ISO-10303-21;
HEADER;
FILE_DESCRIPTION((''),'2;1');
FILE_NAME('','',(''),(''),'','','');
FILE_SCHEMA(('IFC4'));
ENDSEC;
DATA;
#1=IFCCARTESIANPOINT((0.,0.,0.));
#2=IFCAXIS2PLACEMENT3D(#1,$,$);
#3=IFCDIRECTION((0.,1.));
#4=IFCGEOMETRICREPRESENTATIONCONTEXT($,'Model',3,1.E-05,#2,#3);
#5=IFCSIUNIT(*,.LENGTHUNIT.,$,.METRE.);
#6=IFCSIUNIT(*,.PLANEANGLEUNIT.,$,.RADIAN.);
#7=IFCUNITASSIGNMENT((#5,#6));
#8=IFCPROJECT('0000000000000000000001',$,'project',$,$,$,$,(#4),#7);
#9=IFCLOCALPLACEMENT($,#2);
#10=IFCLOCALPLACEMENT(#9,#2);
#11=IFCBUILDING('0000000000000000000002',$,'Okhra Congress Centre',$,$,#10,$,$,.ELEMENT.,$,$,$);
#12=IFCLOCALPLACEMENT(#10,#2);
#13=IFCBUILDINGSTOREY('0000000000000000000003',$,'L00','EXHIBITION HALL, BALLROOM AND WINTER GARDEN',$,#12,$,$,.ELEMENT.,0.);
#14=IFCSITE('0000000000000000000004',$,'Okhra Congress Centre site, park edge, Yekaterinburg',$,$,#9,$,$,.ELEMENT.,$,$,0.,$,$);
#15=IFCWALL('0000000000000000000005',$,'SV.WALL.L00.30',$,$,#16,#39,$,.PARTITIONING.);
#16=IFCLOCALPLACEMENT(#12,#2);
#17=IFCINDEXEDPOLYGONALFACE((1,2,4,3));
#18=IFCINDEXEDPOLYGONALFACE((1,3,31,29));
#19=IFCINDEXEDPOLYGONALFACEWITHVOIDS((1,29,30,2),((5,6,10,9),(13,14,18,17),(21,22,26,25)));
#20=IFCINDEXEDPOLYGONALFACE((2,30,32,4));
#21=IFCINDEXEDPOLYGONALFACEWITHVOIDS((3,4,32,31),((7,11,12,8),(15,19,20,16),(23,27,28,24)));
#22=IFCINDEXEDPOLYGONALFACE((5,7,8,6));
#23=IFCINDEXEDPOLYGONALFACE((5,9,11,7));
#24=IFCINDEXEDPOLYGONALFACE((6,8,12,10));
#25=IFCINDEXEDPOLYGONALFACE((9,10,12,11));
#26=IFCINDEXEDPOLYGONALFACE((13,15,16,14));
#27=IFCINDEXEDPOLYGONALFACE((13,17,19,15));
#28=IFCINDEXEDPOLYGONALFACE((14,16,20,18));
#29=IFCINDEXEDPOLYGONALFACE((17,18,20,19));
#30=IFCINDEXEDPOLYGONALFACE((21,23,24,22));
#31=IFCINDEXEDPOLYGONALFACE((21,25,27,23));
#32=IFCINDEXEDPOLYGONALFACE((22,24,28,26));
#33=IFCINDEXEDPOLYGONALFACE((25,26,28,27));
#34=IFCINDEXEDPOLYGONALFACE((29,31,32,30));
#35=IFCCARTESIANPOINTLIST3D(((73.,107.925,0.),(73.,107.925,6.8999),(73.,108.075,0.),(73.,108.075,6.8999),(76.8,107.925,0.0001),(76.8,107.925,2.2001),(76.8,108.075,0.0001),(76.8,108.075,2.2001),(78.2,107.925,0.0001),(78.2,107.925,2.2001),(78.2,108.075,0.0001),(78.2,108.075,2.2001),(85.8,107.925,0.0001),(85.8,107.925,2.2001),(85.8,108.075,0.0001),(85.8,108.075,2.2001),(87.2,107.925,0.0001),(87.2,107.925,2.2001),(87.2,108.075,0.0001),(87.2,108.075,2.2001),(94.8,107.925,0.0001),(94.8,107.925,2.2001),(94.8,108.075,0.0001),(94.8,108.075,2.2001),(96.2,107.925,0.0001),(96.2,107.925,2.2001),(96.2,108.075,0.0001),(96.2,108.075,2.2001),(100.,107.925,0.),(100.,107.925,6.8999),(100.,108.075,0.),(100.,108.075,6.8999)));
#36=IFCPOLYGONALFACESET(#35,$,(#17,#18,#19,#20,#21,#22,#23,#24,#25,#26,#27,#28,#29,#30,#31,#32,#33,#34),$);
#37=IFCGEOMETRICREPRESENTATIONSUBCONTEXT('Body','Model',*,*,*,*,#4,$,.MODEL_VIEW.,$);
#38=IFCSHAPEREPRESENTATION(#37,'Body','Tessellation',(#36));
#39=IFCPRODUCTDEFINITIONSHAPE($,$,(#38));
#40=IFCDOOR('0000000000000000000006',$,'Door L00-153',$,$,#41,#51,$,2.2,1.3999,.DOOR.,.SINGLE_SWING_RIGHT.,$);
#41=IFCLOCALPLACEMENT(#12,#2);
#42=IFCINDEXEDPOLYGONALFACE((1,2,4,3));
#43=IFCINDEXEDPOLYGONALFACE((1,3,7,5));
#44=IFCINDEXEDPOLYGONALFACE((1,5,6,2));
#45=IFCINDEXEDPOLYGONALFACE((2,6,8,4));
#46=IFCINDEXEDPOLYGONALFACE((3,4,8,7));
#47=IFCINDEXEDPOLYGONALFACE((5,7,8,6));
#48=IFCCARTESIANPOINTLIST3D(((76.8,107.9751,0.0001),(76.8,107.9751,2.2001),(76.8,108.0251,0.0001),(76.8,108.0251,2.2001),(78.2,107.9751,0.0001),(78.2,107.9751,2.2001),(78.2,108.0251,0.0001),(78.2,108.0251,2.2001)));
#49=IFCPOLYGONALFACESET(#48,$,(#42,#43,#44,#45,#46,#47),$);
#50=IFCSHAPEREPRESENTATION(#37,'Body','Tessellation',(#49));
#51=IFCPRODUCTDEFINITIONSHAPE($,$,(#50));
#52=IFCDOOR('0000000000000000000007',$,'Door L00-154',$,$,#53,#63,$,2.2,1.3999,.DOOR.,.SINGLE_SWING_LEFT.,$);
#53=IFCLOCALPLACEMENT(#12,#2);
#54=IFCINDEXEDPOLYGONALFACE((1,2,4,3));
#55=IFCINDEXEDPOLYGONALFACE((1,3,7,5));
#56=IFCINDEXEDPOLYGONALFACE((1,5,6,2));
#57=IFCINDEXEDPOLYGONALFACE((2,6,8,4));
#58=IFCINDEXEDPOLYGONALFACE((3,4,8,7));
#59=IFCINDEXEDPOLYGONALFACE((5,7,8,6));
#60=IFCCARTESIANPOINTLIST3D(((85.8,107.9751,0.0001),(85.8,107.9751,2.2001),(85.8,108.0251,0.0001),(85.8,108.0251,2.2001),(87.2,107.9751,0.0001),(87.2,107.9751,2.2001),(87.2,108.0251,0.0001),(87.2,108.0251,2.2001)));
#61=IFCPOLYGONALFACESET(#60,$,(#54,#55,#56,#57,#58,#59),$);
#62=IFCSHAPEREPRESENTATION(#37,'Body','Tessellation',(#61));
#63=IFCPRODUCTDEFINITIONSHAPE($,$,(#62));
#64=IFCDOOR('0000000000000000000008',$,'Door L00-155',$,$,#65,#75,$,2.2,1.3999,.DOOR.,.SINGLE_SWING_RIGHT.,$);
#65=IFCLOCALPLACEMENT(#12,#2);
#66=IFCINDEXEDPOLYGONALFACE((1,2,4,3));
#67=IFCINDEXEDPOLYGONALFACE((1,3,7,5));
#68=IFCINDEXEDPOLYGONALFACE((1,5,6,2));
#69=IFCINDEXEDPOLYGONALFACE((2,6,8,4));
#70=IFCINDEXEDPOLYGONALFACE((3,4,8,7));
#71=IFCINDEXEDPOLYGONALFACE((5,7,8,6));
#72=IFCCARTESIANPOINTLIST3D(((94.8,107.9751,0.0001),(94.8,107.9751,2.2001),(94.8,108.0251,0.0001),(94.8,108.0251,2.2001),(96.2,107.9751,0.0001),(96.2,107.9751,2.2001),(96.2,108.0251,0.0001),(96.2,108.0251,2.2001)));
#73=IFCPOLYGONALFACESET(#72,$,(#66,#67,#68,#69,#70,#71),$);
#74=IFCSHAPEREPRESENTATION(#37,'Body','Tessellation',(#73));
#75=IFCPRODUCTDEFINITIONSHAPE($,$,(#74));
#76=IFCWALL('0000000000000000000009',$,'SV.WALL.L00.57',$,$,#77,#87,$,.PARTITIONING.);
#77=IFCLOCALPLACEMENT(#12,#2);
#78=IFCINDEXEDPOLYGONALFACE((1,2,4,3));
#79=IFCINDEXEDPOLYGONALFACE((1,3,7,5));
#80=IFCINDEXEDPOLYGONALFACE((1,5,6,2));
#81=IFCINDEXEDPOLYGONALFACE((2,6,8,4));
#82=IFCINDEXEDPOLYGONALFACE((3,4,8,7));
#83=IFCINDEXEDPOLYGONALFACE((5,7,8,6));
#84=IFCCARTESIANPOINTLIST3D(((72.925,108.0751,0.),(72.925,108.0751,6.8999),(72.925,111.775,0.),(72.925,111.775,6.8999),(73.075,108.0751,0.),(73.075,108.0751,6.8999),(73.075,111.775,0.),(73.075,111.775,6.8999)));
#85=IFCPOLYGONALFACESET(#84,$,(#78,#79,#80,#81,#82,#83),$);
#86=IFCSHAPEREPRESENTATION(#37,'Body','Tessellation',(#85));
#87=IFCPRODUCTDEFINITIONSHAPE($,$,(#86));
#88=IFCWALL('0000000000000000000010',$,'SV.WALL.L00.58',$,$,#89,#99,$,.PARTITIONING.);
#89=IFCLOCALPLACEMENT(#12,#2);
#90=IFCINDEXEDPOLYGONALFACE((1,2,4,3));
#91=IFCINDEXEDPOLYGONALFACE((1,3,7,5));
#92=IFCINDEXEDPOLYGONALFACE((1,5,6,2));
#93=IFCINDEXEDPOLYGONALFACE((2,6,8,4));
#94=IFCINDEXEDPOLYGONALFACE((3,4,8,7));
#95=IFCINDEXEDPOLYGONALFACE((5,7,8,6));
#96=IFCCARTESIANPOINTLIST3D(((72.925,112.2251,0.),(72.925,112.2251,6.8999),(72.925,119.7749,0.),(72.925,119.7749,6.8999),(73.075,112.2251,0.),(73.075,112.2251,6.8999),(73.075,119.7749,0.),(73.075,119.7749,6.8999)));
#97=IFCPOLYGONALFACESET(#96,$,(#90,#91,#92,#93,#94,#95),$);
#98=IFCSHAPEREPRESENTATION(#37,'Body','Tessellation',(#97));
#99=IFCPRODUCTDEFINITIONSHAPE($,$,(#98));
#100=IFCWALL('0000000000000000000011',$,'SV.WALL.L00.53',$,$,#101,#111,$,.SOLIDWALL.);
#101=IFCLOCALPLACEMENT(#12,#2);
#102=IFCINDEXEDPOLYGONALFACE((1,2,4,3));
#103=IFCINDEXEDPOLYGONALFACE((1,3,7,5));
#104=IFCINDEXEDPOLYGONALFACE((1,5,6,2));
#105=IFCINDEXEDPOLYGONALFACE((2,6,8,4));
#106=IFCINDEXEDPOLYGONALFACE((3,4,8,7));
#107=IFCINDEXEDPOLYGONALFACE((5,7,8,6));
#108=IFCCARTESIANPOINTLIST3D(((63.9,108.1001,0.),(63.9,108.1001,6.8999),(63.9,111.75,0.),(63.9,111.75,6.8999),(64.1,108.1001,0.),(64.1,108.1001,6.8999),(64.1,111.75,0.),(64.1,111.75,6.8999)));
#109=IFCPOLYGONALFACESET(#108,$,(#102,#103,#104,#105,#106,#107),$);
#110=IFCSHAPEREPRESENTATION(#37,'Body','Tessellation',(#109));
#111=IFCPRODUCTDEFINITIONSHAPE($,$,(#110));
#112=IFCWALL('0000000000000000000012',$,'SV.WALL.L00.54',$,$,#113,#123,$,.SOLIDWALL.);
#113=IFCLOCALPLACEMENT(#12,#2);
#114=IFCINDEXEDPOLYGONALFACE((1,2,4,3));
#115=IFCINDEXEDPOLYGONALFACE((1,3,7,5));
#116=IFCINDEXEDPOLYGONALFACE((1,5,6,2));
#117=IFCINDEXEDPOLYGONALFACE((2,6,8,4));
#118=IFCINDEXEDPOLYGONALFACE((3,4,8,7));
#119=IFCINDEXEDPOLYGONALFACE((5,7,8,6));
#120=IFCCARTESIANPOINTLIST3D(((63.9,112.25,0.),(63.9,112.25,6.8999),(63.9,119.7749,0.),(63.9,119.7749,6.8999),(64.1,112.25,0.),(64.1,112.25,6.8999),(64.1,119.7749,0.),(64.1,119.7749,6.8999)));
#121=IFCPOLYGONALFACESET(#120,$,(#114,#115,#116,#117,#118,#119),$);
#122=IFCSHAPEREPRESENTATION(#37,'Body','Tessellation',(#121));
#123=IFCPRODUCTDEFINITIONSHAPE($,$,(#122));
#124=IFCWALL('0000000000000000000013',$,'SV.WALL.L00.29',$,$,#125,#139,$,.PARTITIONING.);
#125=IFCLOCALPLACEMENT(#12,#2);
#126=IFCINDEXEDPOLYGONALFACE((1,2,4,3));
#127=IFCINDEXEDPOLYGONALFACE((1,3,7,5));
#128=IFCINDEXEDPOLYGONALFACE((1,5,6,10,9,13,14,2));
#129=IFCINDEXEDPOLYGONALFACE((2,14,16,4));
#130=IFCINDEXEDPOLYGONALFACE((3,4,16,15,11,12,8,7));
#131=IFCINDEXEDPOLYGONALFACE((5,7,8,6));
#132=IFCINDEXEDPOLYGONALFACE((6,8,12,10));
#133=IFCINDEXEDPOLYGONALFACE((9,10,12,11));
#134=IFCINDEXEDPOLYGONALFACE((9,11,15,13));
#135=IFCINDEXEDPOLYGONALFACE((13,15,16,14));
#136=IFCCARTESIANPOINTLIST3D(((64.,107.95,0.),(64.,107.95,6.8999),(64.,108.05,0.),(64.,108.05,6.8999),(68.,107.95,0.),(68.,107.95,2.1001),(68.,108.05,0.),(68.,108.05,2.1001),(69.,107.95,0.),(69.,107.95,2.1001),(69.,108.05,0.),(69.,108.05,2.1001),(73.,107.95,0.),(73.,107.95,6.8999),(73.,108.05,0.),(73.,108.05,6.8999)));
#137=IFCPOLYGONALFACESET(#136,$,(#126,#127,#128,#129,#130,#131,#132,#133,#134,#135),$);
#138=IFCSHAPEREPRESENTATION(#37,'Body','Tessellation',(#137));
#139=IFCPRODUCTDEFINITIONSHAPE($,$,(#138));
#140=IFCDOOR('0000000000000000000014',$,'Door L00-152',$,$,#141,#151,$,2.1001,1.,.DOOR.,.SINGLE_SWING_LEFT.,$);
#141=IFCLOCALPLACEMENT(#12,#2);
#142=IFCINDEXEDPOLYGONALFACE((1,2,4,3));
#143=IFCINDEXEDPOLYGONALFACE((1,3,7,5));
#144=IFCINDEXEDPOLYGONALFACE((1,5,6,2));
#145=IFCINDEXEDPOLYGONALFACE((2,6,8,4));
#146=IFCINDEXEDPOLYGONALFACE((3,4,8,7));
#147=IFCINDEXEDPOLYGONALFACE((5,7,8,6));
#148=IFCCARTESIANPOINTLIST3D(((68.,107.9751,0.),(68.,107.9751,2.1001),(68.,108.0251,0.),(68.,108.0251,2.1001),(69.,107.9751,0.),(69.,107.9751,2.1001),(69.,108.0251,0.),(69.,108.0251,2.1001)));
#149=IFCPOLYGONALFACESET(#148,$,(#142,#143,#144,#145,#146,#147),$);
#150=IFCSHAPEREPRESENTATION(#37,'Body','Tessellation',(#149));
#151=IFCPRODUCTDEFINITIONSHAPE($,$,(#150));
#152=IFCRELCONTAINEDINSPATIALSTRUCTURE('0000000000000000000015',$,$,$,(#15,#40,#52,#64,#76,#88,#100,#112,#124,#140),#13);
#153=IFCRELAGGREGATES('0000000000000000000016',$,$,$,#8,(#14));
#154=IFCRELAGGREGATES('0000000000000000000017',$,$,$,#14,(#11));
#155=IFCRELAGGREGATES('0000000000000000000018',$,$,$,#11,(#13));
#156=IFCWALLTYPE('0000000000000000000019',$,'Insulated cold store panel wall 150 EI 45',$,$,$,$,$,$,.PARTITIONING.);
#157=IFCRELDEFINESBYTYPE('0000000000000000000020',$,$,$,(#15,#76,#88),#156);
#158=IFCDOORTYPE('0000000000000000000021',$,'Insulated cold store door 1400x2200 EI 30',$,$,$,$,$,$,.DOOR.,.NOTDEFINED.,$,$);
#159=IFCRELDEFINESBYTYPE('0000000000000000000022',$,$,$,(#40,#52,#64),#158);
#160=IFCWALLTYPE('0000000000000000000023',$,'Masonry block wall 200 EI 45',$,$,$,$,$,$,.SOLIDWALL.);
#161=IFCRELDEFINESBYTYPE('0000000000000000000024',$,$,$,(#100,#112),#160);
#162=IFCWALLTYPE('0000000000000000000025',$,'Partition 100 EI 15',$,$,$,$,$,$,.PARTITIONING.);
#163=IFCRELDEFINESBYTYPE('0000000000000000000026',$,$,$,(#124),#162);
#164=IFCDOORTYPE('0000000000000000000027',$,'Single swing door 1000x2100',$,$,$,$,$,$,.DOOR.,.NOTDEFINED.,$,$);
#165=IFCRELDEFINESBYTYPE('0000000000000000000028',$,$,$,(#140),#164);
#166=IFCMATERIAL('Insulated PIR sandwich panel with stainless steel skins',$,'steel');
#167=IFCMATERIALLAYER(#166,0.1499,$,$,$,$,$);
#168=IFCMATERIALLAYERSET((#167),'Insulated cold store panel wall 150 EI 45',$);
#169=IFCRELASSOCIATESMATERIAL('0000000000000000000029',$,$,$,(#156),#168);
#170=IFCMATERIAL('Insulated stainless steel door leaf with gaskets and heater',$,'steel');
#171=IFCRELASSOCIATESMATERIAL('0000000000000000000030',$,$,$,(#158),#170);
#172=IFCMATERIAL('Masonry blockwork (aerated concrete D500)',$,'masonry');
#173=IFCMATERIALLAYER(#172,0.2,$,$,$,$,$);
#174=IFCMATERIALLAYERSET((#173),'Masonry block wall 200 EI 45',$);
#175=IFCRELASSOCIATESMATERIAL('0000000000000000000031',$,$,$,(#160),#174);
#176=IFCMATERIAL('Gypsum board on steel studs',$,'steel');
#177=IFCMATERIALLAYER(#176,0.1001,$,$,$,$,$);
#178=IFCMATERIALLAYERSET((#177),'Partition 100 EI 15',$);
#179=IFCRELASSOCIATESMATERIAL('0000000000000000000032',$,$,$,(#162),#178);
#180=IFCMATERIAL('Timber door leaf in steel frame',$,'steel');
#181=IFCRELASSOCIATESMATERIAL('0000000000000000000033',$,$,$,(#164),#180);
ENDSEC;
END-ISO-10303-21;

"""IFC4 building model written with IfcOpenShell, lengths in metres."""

from ifc_helpers import new_model, si_unit, direction, frame, frame_2d, origin, place, context, subcontext, project, spatial, rectangle, extrude, material, layer, layer_set, type_object, element, fill, save


model = new_model("IFC4")

# Units and contexts
model_context = context("Model", 3, precision=1e-05, world=origin(), true_north=direction((0.0, 1.0)))
body_context = subcontext(model_context, "Body", "Model", "MODEL_VIEW")
ifc_project = project(units=[si_unit("LENGTHUNIT", "METRE"), si_unit("PLANEANGLEUNIT", "RADIAN")], contexts=[model_context])

# Site, building, storey
site_placement = place(None, origin())
site = spatial("IfcSite", under=ifc_project, at=site_placement, Name="Okhra Congress Centre site, park edge, Yekaterinburg", CompositionType="ELEMENT", RefElevation=0.0)
building_placement = place(site_placement, origin())
building = spatial("IfcBuilding", under=site, at=building_placement, Name="Okhra Congress Centre", CompositionType="ELEMENT")
storey_placement = place(building_placement, origin())
storey = spatial("IfcBuildingStorey", under=building, at=storey_placement, Name="L00", Description="EXHIBITION HALL, BALLROOM AND WINTER GARDEN", CompositionType="ELEMENT", Elevation=0.0)

# Wall, openings, doors
ifc_material_1 = material(Name="Insulated PIR sandwich panel with stainless steel skins", Category="steel")
ifc_layer_1 = layer(ifc_material_1, 0.1499)
ifc_layer_set_1 = layer_set([ifc_layer_1], Name="Insulated cold store panel wall 150 EI 45")
wall_type_1 = type_object("IfcWallType", Name="Insulated cold store panel wall 150 EI 45", PredefinedType="PARTITIONING", material=ifc_layer_set_1)
wall_1_placement = place(storey_placement, frame((73.0, 108.0, 0.0), z_axis=(0.0, 0.0, 1.0), x_axis=(1.0, 0.0, 0.0)))
wall_1 = element("IfcWall", 1, at=wall_1_placement, inside=storey, type_object=wall_type_1, Name="SV.WALL.L00.30", PredefinedType="PARTITIONING", context=body_context, shape_type="SweptSolid", body=[
    extrude(rectangle(XDim=27.0, YDim=0.1499, at=frame_2d((13.5, 0.0))), origin(), (0.0, 0.0, 1.0), 6.8999),
])
opening_1_placement = place(wall_1_placement, frame((3.8, 0.0, 0.0)))
opening_1 = element("IfcOpeningElement", 2, at=opening_1_placement, cuts=wall_1, PredefinedType="OPENING", context=body_context, shape_type="SweptSolid", body=[
    extrude(rectangle(XDim=1.3999, YDim=2.2, at=frame_2d((0.7, 1.1001))), frame((0.0, 0.085, 0.0), z_axis=(0.0, -1.0, 0.0), x_axis=(1.0, 0.0, 0.0)), (0.0, 0.0, 1.0), 0.1699),
])
opening_2_placement = place(wall_1_placement, frame((12.8, 0.0, 0.0)))
opening_2 = element("IfcOpeningElement", 3, at=opening_2_placement, cuts=wall_1, PredefinedType="OPENING", context=body_context, shape_type="SweptSolid", body=[
    extrude(rectangle(XDim=1.3999, YDim=2.2, at=frame_2d((0.7, 1.1001))), frame((0.0, 0.085, 0.0), z_axis=(0.0, -1.0, 0.0), x_axis=(1.0, 0.0, 0.0)), (0.0, 0.0, 1.0), 0.1699),
])
opening_3_placement = place(wall_1_placement, frame((21.8, 0.0, 0.0)))
opening_3 = element("IfcOpeningElement", 4, at=opening_3_placement, cuts=wall_1, PredefinedType="OPENING", context=body_context, shape_type="SweptSolid", body=[
    extrude(rectangle(XDim=1.3999, YDim=2.2, at=frame_2d((0.7, 1.1001))), frame((0.0, 0.085, 0.0), z_axis=(0.0, -1.0, 0.0), x_axis=(1.0, 0.0, 0.0)), (0.0, 0.0, 1.0), 0.1699),
])
ifc_material_2 = material(Name="Insulated stainless steel door leaf with gaskets and heater", Category="steel")
door_type_1 = type_object("IfcDoorType", Name="Insulated cold store door 1400x2200 EI 30", OperationType="NOTDEFINED", PredefinedType="DOOR", material=ifc_material_2)
door_1_placement = place(opening_1_placement, frame((1.3999, 0.0, 0.0), z_axis=(0.0, 0.0, 1.0), x_axis=(-1.0, 0.0, 0.0)))
door_1 = element("IfcDoor", 5, at=door_1_placement, inside=storey, type_object=door_type_1, Name="Door L00-153", OperationType="SINGLE_SWING_RIGHT", OverallHeight=2.2, OverallWidth=1.3999, PredefinedType="DOOR", context=body_context, shape_type="SweptSolid", body=[
    extrude(rectangle(XDim=1.3999, YDim=2.2, at=frame_2d((0.7, 1.1001))), frame((0.0, 0.0249, 0.0), z_axis=(0.0, -1.0, 0.0), x_axis=(1.0, 0.0, 0.0)), (0.0, 0.0, 1.0), 0.05),
])
fill(opening_1, door_1)
door_2_placement = place(opening_2_placement, frame((1.3999, 0.0, 0.0), z_axis=(0.0, 0.0, 1.0), x_axis=(-1.0, 0.0, 0.0)))
door_2 = element("IfcDoor", 6, at=door_2_placement, inside=storey, type_object=door_type_1, Name="Door L00-154", OperationType="SINGLE_SWING_LEFT", OverallHeight=2.2, OverallWidth=1.3999, PredefinedType="DOOR", context=body_context, shape_type="SweptSolid", body=[
    extrude(rectangle(XDim=1.3999, YDim=2.2, at=frame_2d((0.7, 1.1001))), frame((0.0, 0.0249, 0.0), z_axis=(0.0, -1.0, 0.0), x_axis=(1.0, 0.0, 0.0)), (0.0, 0.0, 1.0), 0.05),
])
fill(opening_2, door_2)
door_3_placement = place(opening_3_placement, frame((1.3999, 0.0, 0.0), z_axis=(0.0, 0.0, 1.0), x_axis=(-1.0, 0.0, 0.0)))
door_3 = element("IfcDoor", 7, at=door_3_placement, inside=storey, type_object=door_type_1, Name="Door L00-155", OperationType="SINGLE_SWING_RIGHT", OverallHeight=2.2, OverallWidth=1.3999, PredefinedType="DOOR", context=body_context, shape_type="SweptSolid", body=[
    extrude(rectangle(XDim=1.3999, YDim=2.2, at=frame_2d((0.7, 1.1001))), frame((0.0, 0.0249, 0.0), z_axis=(0.0, -1.0, 0.0), x_axis=(1.0, 0.0, 0.0)), (0.0, 0.0, 1.0), 0.05),
])
fill(opening_3, door_3)

# Walls
wall_2_placement = place(storey_placement, frame((73.0, 108.075, 0.0), z_axis=(0.0, 0.0, 1.0), x_axis=(0.0, 1.0, 0.0)))
element("IfcWall", 8, at=wall_2_placement, inside=storey, type_object=wall_type_1, Name="SV.WALL.L00.57", PredefinedType="PARTITIONING", context=body_context, shape_type="SweptSolid", body=[
    extrude(rectangle(XDim=3.7, YDim=0.1499, at=frame_2d((1.8501, 0.0))), origin(), (0.0, 0.0, 1.0), 6.8999),
])
wall_3_placement = place(storey_placement, frame((73.0, 112.2251, 0.0), z_axis=(0.0, 0.0, 1.0), x_axis=(0.0, 1.0, 0.0)))
element("IfcWall", 9, at=wall_3_placement, inside=storey, type_object=wall_type_1, Name="SV.WALL.L00.58", PredefinedType="PARTITIONING", context=body_context, shape_type="SweptSolid", body=[
    extrude(rectangle(XDim=7.5498, YDim=0.1499, at=frame_2d((3.7749, 0.0))), origin(), (0.0, 0.0, 1.0), 6.8999),
])
ifc_material_3 = material(Name="Masonry blockwork (aerated concrete D500)", Category="masonry")
ifc_layer_2 = layer(ifc_material_3, 0.2)
ifc_layer_set_2 = layer_set([ifc_layer_2], Name="Masonry block wall 200 EI 45")
wall_type_2 = type_object("IfcWallType", Name="Masonry block wall 200 EI 45", PredefinedType="SOLIDWALL", material=ifc_layer_set_2)
wall_4_placement = place(storey_placement, frame((64.0, 108.1001, 0.0), z_axis=(0.0, 0.0, 1.0), x_axis=(0.0, 1.0, 0.0)))
element("IfcWall", 10, at=wall_4_placement, inside=storey, type_object=wall_type_2, Name="SV.WALL.L00.53", PredefinedType="SOLIDWALL", context=body_context, shape_type="SweptSolid", body=[
    extrude(rectangle(XDim=3.6499, YDim=0.2, at=frame_2d((1.825, 0.0))), origin(), (0.0, 0.0, 1.0), 6.8999),
])
wall_5_placement = place(storey_placement, frame((64.0, 112.25, 0.0), z_axis=(0.0, 0.0, 1.0), x_axis=(0.0, 1.0, 0.0)))
element("IfcWall", 11, at=wall_5_placement, inside=storey, type_object=wall_type_2, Name="SV.WALL.L00.54", PredefinedType="SOLIDWALL", context=body_context, shape_type="SweptSolid", body=[
    extrude(rectangle(XDim=7.5249, YDim=0.2, at=frame_2d((3.7625, 0.0))), origin(), (0.0, 0.0, 1.0), 6.8999),
])

# Wall, opening, door
ifc_material_4 = material(Name="Gypsum board on steel studs", Category="steel")
ifc_layer_3 = layer(ifc_material_4, 0.1001)
ifc_layer_set_3 = layer_set([ifc_layer_3], Name="Partition 100 EI 15")
wall_type_3 = type_object("IfcWallType", Name="Partition 100 EI 15", PredefinedType="PARTITIONING", material=ifc_layer_set_3)
wall_6_placement = place(storey_placement, frame((64.0, 108.0, 0.0), z_axis=(0.0, 0.0, 1.0), x_axis=(1.0, 0.0, 0.0)))
wall_6 = element("IfcWall", 12, at=wall_6_placement, inside=storey, type_object=wall_type_3, Name="SV.WALL.L00.29", PredefinedType="PARTITIONING", context=body_context, shape_type="SweptSolid", body=[
    extrude(rectangle(XDim=9.0, YDim=0.1001, at=frame_2d((4.5, 0.0))), origin(), (0.0, 0.0, 1.0), 6.8999),
])
opening_4_placement = place(wall_6_placement, frame((4.0, 0.0, 0.0)))
opening_4 = element("IfcOpeningElement", 13, at=opening_4_placement, cuts=wall_6, PredefinedType="OPENING", context=body_context, shape_type="SweptSolid", body=[
    extrude(rectangle(XDim=1.0, YDim=2.1001, at=frame_2d((0.5, 1.05))), frame((0.0, 0.0601, 0.0), z_axis=(0.0, -1.0, 0.0), x_axis=(1.0, 0.0, 0.0)), (0.0, 0.0, 1.0), 0.1201),
])
ifc_material_5 = material(Name="Timber door leaf in steel frame", Category="steel")
door_type_2 = type_object("IfcDoorType", Name="Single swing door 1000x2100", OperationType="NOTDEFINED", PredefinedType="DOOR", material=ifc_material_5)
door_4_placement = place(opening_4_placement, frame((1.0, 0.0, 0.0), z_axis=(0.0, 0.0, 1.0), x_axis=(-1.0, 0.0, 0.0)))
door_4 = element("IfcDoor", 14, at=door_4_placement, inside=storey, type_object=door_type_2, Name="Door L00-152", OperationType="SINGLE_SWING_LEFT", OverallHeight=2.1001, OverallWidth=1.0, PredefinedType="DOOR", context=body_context, shape_type="SweptSolid", body=[
    extrude(rectangle(XDim=1.0, YDim=2.1001, at=frame_2d((0.5, 1.05))), frame((0.0, 0.0249, 0.0), z_axis=(0.0, -1.0, 0.0), x_axis=(1.0, 0.0, 0.0)), (0.0, 0.0, 1.0), 0.05),
])
fill(opening_4, door_4)

save(model, "model.ifc")
